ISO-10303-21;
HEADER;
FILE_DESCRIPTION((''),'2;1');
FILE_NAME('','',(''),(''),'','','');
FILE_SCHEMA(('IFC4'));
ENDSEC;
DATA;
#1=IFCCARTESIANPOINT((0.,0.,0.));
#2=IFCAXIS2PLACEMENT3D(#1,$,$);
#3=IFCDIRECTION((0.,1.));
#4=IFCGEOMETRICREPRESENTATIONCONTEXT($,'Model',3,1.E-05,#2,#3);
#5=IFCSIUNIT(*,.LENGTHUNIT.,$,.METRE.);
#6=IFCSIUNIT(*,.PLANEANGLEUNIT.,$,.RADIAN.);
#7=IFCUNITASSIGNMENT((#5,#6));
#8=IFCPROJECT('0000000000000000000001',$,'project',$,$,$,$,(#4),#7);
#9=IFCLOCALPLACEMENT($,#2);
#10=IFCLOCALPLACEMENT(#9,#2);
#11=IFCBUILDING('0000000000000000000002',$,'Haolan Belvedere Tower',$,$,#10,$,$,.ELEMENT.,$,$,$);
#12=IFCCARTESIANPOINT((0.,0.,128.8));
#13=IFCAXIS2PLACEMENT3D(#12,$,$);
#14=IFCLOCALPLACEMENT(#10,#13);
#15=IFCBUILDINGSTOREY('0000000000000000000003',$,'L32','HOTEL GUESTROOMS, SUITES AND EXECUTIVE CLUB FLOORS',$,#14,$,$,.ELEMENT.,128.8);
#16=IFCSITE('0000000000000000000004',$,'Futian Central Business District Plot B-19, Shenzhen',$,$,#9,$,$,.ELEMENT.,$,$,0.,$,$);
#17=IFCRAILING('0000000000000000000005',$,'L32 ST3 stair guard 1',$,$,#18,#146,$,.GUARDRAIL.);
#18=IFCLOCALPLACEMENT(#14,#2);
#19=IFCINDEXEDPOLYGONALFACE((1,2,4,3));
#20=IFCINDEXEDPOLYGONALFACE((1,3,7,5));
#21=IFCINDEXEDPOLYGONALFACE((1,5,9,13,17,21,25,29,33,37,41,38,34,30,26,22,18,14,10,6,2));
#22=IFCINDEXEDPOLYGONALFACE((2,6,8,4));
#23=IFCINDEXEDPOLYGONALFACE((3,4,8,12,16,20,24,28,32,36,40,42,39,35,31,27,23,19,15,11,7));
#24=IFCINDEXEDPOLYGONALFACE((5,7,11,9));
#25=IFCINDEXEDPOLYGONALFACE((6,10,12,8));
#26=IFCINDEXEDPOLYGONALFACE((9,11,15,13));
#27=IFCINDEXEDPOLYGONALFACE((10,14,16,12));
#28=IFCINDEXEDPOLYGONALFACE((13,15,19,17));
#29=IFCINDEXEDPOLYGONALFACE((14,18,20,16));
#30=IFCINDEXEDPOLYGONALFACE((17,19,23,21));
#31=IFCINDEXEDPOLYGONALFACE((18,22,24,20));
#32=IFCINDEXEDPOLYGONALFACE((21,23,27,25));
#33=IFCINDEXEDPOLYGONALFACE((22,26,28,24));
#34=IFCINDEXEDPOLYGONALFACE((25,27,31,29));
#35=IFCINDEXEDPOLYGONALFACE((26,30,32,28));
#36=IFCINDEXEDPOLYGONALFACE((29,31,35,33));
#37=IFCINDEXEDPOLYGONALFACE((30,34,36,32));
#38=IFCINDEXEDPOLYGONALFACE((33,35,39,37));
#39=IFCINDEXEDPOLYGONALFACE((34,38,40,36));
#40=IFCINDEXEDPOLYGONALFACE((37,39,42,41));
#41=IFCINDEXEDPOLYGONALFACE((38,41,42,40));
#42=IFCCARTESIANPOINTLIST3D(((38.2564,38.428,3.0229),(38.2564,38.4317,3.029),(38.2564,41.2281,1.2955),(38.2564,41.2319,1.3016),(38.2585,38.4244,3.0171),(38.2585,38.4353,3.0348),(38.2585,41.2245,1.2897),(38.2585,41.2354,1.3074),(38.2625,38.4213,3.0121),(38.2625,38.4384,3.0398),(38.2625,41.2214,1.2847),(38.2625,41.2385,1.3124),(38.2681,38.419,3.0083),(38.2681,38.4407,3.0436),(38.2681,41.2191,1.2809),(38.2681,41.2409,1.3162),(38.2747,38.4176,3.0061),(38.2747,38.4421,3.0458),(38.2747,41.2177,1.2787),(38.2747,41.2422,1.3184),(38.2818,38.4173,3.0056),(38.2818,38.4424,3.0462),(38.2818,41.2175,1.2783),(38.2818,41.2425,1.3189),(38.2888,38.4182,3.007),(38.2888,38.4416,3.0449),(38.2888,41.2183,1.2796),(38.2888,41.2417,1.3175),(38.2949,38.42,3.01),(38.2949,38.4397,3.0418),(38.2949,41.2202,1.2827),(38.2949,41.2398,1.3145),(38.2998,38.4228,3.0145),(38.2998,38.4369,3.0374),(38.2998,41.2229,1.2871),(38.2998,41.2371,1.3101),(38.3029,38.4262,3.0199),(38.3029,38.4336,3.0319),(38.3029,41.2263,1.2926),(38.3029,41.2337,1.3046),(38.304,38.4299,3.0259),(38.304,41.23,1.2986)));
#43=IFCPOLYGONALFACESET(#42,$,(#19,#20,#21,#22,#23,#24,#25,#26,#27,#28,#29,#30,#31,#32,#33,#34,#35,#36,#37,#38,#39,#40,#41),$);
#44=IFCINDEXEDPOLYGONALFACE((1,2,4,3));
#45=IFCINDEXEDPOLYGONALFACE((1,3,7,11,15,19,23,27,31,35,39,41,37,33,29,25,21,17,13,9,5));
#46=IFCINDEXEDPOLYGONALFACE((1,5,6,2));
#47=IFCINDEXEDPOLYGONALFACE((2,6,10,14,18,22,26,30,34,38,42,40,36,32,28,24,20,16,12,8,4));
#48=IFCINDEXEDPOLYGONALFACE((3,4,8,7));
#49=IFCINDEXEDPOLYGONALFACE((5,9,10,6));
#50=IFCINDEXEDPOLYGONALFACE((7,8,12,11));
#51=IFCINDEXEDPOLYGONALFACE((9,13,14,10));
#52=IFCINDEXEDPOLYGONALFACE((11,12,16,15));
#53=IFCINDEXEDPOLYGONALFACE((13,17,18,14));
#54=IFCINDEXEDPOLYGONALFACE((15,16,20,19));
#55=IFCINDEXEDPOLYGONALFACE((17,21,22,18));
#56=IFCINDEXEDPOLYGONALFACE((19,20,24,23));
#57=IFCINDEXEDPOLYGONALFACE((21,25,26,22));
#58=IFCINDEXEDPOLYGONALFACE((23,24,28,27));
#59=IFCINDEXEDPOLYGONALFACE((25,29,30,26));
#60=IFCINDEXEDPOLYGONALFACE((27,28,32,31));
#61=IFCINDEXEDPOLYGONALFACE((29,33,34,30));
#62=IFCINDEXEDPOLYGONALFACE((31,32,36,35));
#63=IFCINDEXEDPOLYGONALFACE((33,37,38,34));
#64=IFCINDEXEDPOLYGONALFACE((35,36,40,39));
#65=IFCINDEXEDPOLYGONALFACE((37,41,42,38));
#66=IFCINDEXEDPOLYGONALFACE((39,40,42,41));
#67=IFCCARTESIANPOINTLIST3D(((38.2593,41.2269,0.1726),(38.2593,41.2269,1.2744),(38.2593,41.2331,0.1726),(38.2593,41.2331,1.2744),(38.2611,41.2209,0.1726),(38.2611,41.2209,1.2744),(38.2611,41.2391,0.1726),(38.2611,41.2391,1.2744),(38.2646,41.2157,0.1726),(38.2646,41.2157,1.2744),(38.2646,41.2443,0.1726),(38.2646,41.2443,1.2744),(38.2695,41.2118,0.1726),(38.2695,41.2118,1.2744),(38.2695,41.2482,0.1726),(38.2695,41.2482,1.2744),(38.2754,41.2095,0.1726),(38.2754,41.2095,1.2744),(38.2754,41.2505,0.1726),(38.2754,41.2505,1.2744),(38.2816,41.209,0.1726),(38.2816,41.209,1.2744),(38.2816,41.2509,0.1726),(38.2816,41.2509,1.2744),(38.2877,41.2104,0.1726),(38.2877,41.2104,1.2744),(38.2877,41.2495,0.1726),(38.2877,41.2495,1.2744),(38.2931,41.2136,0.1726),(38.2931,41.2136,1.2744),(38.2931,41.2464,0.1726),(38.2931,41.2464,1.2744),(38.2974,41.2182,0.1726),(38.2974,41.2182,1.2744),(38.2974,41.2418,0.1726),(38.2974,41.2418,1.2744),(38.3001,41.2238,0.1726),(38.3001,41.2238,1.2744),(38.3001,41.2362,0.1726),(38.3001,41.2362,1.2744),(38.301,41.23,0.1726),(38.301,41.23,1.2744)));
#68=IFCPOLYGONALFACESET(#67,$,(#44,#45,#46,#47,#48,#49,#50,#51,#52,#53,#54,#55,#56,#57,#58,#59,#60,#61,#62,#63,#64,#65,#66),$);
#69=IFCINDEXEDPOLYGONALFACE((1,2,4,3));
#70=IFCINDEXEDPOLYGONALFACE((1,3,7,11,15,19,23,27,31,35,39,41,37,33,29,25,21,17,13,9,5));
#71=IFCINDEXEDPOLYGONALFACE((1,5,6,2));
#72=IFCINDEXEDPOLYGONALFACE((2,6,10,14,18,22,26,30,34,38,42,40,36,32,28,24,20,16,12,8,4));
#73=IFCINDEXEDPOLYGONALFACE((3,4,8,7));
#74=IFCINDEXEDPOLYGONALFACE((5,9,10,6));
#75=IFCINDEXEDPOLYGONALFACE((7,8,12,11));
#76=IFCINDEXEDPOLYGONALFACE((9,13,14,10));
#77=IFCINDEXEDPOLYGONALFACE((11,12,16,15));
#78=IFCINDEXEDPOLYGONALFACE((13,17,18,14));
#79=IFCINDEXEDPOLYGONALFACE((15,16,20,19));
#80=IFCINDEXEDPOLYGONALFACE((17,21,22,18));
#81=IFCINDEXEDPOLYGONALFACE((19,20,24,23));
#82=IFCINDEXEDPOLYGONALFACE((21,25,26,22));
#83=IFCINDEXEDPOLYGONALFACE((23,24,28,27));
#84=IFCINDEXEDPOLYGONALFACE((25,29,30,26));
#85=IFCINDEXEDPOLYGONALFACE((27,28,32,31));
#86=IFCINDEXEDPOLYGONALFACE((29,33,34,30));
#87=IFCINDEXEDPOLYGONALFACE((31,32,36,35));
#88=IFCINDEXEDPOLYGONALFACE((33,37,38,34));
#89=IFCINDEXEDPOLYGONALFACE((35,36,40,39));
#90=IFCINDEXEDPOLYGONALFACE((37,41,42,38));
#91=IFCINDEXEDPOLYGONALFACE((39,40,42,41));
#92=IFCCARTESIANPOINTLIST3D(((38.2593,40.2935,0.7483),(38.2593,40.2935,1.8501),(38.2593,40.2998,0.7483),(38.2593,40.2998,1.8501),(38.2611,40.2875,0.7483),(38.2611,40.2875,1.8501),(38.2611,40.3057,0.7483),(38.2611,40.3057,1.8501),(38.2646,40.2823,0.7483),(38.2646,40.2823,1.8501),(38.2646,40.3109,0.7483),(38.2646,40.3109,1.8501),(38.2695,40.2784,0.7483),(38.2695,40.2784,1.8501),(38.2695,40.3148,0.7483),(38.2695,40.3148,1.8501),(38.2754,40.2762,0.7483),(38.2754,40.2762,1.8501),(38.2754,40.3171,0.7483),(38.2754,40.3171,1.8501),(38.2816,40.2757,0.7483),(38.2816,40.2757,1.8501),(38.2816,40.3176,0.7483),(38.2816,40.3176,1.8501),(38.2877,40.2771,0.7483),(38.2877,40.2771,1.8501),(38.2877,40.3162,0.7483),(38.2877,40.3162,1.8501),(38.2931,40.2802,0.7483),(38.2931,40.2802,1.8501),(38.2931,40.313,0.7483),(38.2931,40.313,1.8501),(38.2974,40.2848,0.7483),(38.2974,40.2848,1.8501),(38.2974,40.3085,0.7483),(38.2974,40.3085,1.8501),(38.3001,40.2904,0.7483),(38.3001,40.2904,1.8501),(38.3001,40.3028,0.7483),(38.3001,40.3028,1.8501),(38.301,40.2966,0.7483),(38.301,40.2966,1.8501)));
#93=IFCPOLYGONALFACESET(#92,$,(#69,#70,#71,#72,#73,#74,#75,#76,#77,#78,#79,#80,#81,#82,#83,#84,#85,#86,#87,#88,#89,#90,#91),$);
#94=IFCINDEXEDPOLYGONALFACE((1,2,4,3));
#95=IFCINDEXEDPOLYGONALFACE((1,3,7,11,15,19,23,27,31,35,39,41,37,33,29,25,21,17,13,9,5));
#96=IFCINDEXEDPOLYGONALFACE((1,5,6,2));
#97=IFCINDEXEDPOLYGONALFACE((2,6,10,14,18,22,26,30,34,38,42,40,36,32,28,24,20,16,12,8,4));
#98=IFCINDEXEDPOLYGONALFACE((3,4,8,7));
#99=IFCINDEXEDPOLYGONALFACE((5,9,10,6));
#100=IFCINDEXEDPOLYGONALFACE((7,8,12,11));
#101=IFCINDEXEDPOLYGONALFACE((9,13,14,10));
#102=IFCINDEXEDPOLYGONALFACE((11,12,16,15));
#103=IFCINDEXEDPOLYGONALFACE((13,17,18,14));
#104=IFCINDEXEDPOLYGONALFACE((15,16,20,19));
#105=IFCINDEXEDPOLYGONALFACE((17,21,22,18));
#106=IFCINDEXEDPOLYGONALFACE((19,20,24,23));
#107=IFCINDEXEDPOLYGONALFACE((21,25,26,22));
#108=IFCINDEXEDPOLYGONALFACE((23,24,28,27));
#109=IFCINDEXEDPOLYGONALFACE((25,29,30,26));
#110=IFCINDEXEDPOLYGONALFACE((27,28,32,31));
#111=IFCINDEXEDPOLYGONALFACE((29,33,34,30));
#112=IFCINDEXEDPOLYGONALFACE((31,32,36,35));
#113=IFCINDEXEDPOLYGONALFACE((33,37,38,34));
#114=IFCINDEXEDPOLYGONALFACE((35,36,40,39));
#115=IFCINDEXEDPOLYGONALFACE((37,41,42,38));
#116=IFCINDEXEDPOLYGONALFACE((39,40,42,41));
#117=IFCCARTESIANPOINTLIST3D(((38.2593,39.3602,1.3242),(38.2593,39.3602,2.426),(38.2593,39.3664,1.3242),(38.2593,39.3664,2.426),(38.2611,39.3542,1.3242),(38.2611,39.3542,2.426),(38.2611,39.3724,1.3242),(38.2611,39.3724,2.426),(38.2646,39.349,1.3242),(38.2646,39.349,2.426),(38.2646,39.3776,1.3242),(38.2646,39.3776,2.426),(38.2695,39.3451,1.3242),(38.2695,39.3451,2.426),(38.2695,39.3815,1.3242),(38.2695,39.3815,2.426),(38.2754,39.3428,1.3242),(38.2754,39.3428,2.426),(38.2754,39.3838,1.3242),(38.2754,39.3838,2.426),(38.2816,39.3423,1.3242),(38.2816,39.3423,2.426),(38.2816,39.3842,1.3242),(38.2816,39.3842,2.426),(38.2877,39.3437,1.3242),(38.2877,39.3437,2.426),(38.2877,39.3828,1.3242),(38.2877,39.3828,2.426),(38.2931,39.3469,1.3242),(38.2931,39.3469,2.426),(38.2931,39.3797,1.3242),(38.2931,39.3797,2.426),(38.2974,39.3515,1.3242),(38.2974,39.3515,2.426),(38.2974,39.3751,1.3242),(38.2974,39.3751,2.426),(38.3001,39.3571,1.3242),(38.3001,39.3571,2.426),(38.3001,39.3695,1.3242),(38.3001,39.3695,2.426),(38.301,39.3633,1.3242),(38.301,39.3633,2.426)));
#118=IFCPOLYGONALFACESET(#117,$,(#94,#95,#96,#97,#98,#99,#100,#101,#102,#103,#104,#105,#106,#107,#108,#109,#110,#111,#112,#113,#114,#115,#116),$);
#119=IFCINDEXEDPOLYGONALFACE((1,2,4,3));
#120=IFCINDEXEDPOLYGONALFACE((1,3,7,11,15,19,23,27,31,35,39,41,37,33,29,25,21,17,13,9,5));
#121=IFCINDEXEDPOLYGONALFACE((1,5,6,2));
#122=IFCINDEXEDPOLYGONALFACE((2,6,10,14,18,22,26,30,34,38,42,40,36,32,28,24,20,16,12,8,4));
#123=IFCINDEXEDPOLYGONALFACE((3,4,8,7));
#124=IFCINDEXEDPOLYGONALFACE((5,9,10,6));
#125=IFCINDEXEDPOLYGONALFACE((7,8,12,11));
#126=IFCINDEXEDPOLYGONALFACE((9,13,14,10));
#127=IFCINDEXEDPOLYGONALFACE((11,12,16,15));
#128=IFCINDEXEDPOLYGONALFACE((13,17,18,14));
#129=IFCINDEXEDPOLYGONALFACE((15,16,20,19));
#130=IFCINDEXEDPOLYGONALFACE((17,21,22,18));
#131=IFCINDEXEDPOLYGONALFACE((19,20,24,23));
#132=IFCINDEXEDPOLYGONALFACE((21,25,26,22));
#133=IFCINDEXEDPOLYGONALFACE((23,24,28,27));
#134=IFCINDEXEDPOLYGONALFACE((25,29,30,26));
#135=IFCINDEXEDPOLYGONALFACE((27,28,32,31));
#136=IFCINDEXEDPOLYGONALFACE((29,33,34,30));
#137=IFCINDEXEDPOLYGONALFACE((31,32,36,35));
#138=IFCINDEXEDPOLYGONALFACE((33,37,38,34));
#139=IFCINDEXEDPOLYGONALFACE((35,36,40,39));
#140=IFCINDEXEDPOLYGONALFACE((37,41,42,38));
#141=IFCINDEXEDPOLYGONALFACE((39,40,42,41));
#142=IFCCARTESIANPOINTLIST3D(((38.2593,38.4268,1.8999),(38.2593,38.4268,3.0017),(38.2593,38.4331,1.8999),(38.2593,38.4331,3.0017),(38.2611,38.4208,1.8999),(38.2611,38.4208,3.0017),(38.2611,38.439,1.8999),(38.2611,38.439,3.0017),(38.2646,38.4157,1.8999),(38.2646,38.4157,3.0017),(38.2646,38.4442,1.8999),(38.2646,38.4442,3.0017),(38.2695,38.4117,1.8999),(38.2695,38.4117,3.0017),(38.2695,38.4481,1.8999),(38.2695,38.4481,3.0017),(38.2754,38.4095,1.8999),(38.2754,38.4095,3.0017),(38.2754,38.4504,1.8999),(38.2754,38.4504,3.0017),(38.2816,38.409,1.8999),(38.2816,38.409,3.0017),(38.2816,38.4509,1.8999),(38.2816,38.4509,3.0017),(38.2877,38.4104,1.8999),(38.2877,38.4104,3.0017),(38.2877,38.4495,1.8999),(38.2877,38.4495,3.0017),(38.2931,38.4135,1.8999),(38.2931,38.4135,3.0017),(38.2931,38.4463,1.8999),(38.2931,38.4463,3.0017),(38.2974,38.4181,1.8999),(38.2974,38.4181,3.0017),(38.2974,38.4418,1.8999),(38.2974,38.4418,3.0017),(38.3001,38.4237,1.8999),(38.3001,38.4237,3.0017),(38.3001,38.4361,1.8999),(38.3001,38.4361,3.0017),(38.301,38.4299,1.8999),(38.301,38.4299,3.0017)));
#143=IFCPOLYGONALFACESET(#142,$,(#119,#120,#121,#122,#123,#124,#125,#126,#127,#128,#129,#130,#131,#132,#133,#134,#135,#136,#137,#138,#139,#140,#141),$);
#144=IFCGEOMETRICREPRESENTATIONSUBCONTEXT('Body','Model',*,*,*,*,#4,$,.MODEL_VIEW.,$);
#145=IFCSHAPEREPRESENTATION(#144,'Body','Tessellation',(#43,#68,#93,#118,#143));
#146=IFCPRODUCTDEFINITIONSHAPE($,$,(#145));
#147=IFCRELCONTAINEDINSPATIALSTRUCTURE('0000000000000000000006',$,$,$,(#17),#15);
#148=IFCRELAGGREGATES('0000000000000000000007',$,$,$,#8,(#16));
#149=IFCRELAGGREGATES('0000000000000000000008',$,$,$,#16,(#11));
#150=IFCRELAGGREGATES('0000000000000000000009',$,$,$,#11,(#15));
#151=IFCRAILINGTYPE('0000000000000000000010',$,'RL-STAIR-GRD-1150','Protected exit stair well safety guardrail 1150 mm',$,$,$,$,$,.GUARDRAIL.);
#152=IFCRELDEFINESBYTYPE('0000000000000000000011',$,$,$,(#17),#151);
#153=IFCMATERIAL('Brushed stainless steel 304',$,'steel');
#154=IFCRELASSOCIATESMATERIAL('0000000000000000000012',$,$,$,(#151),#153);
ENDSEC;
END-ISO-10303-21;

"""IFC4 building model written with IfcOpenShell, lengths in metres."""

from ifc_helpers import new_model, si_unit, direction, frame, origin, origin_2d, place, context, subcontext, project, spatial, circle, extrude, material, type_object, element, save


model = new_model("IFC4")

# Units and contexts
model_context = context("Model", 3, precision=1e-05, world=origin(), true_north=direction((0.0, 1.0)))
body_context = subcontext(model_context, "Body", "Model", "MODEL_VIEW")
ifc_project = project(units=[si_unit("LENGTHUNIT", "METRE"), si_unit("PLANEANGLEUNIT", "RADIAN")], contexts=[model_context])

# Site, building, storey
site_placement = place(None, origin())
site = spatial("IfcSite", under=ifc_project, at=site_placement, Name="Futian Central Business District Plot B-19, Shenzhen", CompositionType="ELEMENT", RefElevation=0.0)
building_placement = place(site_placement, origin())
building = spatial("IfcBuilding", under=site, at=building_placement, Name="Haolan Belvedere Tower", CompositionType="ELEMENT")
storey_placement = place(building_placement, frame((0.0, 0.0, 128.8)))
storey = spatial("IfcBuildingStorey", under=building, at=storey_placement, Name="L32", Description="HOTEL GUESTROOMS, SUITES AND EXECUTIVE CLUB FLOORS", CompositionType="ELEMENT", Elevation=128.8)

# Railing
ifc_material_1 = material(Name="Brushed stainless steel 304", Category="steel")
railing_type_1 = type_object("IfcRailingType", Name="RL-STAIR-GRD-1150", Description="Protected exit stair well safety guardrail 1150 mm", PredefinedType="GUARDRAIL", material=ifc_material_1)
railing_1_placement = place(storey_placement, frame((38.28, 41.23, 0.1726)))
element("IfcRailing", 1, at=railing_1_placement, inside=storey, type_object=railing_type_1, Name="L32 ST3 stair guard 1", PredefinedType="GUARDRAIL", context=body_context, shape_type="SweptSolid", body=[
    extrude(circle(Radius=0.0239, at=origin_2d()), frame((0.0, 0.0, 1.126), z_axis=(0.0, -0.85109, 0.52502), x_axis=(1.0, 0.0, 0.0)), (0.0, 0.0, 1.0), 3.29),
    extrude(circle(Radius=0.021, at=origin_2d()), origin(), (0.0, 0.0, 1.0), 1.1018),
    extrude(circle(Radius=0.021, at=origin_2d()), frame((0.0, -0.9333, 0.5757)), (0.0, 0.0, 1.0), 1.1018),
    extrude(circle(Radius=0.021, at=origin_2d()), frame((0.0, -1.8667, 1.1516)), (0.0, 0.0, 1.0), 1.1018),
    extrude(circle(Radius=0.021, at=origin_2d()), frame((0.0, -2.8, 1.7273)), (0.0, 0.0, 1.0), 1.1018),
])

save(model, "model.ifc")
